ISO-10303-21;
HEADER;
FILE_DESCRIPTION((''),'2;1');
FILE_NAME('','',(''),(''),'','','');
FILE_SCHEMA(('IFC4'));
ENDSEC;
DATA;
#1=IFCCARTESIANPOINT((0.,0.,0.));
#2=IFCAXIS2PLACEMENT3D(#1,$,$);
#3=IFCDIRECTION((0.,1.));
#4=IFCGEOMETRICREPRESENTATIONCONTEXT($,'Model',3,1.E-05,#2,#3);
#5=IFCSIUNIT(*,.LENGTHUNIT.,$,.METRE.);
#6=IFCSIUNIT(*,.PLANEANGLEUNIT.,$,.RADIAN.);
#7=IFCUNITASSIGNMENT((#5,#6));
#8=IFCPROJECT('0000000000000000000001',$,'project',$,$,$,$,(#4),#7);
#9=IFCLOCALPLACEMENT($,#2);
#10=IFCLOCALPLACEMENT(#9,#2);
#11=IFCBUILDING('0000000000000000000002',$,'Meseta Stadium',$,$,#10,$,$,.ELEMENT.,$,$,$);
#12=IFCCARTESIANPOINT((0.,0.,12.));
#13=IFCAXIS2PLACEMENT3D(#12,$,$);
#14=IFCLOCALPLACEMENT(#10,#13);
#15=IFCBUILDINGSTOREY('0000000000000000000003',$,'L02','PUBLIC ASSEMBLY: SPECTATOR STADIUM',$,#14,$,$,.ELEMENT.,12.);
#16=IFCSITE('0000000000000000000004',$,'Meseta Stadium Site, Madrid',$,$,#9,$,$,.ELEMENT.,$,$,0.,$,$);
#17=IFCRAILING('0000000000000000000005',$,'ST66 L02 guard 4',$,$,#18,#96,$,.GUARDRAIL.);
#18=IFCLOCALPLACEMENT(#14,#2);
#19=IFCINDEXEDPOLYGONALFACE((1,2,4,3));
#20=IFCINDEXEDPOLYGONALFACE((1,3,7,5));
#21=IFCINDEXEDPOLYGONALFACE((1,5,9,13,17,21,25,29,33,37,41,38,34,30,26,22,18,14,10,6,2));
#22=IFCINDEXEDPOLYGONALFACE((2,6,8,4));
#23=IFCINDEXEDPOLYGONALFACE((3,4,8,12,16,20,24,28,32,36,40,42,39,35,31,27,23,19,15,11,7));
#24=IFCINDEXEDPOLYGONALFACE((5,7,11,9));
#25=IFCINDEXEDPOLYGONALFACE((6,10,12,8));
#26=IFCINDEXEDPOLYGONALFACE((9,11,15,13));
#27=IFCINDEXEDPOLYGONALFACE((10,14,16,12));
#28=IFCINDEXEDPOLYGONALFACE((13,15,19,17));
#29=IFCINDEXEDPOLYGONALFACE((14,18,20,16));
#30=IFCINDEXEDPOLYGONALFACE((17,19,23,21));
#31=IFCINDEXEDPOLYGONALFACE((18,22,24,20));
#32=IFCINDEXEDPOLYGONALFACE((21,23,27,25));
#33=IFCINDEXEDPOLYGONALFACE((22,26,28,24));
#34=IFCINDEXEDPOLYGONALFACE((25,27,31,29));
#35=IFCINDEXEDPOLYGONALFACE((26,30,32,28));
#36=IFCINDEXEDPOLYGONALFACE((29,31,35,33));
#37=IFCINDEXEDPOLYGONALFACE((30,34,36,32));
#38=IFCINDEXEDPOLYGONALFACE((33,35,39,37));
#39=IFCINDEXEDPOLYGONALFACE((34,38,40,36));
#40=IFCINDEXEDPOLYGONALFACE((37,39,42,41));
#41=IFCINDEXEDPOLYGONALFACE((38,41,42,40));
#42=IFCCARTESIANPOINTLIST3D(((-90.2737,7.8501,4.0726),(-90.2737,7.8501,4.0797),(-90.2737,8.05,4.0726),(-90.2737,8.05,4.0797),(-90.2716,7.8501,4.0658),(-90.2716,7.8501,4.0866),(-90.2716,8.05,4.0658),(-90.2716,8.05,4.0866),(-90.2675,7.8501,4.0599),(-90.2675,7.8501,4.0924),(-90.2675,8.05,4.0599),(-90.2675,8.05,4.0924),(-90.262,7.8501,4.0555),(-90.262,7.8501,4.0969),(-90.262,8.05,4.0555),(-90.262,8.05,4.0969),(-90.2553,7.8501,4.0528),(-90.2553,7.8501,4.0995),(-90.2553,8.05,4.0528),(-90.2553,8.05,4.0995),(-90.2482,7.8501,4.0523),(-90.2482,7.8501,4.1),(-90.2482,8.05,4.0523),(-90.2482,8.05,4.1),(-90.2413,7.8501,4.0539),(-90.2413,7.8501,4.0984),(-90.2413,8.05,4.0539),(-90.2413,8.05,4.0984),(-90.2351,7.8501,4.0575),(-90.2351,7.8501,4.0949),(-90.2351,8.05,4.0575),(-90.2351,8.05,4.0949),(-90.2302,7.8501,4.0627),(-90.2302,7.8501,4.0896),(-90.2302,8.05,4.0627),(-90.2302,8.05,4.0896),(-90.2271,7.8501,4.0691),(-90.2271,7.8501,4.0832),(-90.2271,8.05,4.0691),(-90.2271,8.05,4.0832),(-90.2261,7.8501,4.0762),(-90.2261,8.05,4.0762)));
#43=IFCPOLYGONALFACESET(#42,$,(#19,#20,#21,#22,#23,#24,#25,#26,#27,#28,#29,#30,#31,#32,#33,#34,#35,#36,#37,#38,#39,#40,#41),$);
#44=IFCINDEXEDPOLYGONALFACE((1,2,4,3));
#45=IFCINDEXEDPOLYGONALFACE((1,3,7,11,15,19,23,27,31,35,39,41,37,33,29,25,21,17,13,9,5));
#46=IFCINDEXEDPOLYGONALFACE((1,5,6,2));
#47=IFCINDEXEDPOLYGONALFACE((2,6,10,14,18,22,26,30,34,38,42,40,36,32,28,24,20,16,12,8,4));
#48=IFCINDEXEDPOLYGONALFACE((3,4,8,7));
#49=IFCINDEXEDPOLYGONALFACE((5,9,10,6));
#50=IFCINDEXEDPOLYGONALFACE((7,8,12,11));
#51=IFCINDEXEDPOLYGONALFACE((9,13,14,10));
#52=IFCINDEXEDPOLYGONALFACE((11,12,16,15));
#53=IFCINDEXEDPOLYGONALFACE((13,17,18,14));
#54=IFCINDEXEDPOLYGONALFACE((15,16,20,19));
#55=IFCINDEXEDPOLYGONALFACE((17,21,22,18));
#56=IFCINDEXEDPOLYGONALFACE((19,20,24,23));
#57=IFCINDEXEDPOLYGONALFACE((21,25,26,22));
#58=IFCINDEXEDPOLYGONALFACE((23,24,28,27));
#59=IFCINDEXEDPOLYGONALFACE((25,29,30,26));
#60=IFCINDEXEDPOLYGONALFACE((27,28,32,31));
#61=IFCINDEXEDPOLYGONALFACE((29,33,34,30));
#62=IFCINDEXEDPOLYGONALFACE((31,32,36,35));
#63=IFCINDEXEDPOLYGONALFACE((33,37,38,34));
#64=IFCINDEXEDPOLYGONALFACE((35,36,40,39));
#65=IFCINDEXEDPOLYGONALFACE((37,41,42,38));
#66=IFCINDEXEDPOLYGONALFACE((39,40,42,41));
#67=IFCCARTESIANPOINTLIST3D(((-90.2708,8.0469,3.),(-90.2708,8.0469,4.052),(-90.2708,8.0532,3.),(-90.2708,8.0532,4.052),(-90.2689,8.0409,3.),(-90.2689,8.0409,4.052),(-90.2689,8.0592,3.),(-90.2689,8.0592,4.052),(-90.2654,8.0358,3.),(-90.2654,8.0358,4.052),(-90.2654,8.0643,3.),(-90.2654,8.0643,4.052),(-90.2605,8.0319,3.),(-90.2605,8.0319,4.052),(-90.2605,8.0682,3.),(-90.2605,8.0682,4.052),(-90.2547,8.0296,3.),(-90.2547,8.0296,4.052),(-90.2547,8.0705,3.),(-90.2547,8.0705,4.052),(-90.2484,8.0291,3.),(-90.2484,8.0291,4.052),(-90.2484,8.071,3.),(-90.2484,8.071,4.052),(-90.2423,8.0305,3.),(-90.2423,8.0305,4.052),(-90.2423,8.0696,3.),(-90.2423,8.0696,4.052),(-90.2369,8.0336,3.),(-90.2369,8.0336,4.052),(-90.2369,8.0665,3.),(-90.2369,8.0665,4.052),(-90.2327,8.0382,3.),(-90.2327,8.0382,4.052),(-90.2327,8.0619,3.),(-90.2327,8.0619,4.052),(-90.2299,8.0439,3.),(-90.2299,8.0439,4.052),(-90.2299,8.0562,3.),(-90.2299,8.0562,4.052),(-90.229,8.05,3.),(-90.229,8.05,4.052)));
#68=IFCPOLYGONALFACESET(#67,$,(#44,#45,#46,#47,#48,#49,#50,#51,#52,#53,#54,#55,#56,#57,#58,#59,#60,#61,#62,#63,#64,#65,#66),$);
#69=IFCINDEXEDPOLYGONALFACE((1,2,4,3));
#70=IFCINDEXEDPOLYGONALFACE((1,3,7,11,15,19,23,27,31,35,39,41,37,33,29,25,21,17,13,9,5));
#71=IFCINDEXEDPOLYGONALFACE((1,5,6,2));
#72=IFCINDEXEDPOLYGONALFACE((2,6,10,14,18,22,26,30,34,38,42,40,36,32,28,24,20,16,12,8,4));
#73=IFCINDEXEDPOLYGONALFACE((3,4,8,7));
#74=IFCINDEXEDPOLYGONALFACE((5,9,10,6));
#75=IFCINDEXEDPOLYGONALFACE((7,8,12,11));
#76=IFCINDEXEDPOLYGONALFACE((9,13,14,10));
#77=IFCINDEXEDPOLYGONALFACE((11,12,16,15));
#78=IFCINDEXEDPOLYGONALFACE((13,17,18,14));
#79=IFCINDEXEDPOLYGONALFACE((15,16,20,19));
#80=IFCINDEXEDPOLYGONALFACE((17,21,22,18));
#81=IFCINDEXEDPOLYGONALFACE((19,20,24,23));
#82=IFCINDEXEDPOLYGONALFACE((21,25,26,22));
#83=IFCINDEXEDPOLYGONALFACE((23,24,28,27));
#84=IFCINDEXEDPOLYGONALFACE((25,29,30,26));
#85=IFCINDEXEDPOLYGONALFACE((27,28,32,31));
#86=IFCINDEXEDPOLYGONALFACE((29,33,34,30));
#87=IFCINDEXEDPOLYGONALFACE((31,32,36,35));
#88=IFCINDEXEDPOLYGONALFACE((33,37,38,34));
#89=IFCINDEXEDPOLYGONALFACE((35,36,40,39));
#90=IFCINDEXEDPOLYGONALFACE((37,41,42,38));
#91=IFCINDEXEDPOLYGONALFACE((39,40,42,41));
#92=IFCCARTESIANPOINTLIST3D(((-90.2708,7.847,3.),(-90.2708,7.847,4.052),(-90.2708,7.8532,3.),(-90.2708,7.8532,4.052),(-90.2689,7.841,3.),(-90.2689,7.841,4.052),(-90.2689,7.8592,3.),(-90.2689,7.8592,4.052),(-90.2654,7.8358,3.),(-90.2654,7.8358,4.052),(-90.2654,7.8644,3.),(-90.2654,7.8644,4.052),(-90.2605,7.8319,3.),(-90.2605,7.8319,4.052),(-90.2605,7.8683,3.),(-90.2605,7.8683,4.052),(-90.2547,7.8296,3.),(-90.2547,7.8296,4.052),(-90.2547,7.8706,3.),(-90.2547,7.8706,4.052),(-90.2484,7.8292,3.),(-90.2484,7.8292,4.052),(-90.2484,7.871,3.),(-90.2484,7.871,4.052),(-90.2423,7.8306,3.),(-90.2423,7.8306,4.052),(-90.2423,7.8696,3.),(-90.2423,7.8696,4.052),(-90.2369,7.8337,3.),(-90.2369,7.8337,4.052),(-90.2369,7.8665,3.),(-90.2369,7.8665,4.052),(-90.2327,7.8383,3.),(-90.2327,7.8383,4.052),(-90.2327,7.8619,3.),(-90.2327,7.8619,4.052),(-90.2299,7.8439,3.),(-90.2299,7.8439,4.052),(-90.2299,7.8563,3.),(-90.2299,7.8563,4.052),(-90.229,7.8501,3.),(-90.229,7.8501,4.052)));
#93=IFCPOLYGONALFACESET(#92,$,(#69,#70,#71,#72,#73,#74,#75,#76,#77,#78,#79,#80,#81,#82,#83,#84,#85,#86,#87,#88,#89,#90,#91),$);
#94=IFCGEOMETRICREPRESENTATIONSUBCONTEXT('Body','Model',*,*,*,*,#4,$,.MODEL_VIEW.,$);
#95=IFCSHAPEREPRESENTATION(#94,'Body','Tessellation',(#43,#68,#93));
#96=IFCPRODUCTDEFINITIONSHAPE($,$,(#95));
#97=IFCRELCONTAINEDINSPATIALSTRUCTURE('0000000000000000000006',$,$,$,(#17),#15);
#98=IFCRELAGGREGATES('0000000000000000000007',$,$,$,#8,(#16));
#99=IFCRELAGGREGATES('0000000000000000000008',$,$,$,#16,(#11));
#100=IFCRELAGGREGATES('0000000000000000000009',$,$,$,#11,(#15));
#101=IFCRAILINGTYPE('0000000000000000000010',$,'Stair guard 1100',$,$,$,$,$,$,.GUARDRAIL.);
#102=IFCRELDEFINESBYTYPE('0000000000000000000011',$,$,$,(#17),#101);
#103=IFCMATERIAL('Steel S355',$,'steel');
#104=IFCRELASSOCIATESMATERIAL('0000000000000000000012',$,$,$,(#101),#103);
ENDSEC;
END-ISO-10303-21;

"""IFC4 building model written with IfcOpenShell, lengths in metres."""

from ifc_helpers import new_model, si_unit, direction, frame, origin, origin_2d, place, context, subcontext, project, spatial, circle, extrude, material, type_object, element, save


model = new_model("IFC4")

# Units and contexts
model_context = context("Model", 3, precision=1e-05, world=origin(), true_north=direction((0.0, 1.0)))
body_context = subcontext(model_context, "Body", "Model", "MODEL_VIEW")
ifc_project = project(units=[si_unit("LENGTHUNIT", "METRE"), si_unit("PLANEANGLEUNIT", "RADIAN")], contexts=[model_context])

# Site, building, storey
site_placement = place(None, origin())
site = spatial("IfcSite", under=ifc_project, at=site_placement, Name="Meseta Stadium Site, Madrid", CompositionType="ELEMENT", RefElevation=0.0)
building_placement = place(site_placement, origin())
building = spatial("IfcBuilding", under=site, at=building_placement, Name="Meseta Stadium", CompositionType="ELEMENT")
storey_placement = place(building_placement, frame((0.0, 0.0, 12.0)))
storey = spatial("IfcBuildingStorey", under=building, at=storey_placement, Name="L02", Description="PUBLIC ASSEMBLY: SPECTATOR STADIUM", CompositionType="ELEMENT", Elevation=12.0)

# Railing
ifc_material_1 = material(Name="Steel S355", Category="steel")
railing_type_1 = type_object("IfcRailingType", Name="Stair guard 1100", PredefinedType="GUARDRAIL", material=ifc_material_1)
railing_1_placement = place(storey_placement, frame((-90.25, 8.05, 3.0)))
element("IfcRailing", 1, at=railing_1_placement, inside=storey, type_object=railing_type_1, Name="ST66 L02 guard 4", PredefinedType="GUARDRAIL", context=body_context, shape_type="SweptSolid", body=[
    extrude(circle(Radius=0.0239, at=origin_2d()), frame((0.0, 0.0, 1.0762), z_axis=(0.0, -1.0, 0.0), x_axis=(1.0, 0.0, 0.0)), (0.0, 0.0, 1.0), 0.2),
    extrude(circle(Radius=0.021, at=origin_2d()), origin(), (0.0, 0.0, 1.0), 1.052),
    extrude(circle(Radius=0.021, at=origin_2d()), frame((0.0, -0.2, 0.0)), (0.0, 0.0, 1.0), 1.052),
])

save(model, "model.ifc")
